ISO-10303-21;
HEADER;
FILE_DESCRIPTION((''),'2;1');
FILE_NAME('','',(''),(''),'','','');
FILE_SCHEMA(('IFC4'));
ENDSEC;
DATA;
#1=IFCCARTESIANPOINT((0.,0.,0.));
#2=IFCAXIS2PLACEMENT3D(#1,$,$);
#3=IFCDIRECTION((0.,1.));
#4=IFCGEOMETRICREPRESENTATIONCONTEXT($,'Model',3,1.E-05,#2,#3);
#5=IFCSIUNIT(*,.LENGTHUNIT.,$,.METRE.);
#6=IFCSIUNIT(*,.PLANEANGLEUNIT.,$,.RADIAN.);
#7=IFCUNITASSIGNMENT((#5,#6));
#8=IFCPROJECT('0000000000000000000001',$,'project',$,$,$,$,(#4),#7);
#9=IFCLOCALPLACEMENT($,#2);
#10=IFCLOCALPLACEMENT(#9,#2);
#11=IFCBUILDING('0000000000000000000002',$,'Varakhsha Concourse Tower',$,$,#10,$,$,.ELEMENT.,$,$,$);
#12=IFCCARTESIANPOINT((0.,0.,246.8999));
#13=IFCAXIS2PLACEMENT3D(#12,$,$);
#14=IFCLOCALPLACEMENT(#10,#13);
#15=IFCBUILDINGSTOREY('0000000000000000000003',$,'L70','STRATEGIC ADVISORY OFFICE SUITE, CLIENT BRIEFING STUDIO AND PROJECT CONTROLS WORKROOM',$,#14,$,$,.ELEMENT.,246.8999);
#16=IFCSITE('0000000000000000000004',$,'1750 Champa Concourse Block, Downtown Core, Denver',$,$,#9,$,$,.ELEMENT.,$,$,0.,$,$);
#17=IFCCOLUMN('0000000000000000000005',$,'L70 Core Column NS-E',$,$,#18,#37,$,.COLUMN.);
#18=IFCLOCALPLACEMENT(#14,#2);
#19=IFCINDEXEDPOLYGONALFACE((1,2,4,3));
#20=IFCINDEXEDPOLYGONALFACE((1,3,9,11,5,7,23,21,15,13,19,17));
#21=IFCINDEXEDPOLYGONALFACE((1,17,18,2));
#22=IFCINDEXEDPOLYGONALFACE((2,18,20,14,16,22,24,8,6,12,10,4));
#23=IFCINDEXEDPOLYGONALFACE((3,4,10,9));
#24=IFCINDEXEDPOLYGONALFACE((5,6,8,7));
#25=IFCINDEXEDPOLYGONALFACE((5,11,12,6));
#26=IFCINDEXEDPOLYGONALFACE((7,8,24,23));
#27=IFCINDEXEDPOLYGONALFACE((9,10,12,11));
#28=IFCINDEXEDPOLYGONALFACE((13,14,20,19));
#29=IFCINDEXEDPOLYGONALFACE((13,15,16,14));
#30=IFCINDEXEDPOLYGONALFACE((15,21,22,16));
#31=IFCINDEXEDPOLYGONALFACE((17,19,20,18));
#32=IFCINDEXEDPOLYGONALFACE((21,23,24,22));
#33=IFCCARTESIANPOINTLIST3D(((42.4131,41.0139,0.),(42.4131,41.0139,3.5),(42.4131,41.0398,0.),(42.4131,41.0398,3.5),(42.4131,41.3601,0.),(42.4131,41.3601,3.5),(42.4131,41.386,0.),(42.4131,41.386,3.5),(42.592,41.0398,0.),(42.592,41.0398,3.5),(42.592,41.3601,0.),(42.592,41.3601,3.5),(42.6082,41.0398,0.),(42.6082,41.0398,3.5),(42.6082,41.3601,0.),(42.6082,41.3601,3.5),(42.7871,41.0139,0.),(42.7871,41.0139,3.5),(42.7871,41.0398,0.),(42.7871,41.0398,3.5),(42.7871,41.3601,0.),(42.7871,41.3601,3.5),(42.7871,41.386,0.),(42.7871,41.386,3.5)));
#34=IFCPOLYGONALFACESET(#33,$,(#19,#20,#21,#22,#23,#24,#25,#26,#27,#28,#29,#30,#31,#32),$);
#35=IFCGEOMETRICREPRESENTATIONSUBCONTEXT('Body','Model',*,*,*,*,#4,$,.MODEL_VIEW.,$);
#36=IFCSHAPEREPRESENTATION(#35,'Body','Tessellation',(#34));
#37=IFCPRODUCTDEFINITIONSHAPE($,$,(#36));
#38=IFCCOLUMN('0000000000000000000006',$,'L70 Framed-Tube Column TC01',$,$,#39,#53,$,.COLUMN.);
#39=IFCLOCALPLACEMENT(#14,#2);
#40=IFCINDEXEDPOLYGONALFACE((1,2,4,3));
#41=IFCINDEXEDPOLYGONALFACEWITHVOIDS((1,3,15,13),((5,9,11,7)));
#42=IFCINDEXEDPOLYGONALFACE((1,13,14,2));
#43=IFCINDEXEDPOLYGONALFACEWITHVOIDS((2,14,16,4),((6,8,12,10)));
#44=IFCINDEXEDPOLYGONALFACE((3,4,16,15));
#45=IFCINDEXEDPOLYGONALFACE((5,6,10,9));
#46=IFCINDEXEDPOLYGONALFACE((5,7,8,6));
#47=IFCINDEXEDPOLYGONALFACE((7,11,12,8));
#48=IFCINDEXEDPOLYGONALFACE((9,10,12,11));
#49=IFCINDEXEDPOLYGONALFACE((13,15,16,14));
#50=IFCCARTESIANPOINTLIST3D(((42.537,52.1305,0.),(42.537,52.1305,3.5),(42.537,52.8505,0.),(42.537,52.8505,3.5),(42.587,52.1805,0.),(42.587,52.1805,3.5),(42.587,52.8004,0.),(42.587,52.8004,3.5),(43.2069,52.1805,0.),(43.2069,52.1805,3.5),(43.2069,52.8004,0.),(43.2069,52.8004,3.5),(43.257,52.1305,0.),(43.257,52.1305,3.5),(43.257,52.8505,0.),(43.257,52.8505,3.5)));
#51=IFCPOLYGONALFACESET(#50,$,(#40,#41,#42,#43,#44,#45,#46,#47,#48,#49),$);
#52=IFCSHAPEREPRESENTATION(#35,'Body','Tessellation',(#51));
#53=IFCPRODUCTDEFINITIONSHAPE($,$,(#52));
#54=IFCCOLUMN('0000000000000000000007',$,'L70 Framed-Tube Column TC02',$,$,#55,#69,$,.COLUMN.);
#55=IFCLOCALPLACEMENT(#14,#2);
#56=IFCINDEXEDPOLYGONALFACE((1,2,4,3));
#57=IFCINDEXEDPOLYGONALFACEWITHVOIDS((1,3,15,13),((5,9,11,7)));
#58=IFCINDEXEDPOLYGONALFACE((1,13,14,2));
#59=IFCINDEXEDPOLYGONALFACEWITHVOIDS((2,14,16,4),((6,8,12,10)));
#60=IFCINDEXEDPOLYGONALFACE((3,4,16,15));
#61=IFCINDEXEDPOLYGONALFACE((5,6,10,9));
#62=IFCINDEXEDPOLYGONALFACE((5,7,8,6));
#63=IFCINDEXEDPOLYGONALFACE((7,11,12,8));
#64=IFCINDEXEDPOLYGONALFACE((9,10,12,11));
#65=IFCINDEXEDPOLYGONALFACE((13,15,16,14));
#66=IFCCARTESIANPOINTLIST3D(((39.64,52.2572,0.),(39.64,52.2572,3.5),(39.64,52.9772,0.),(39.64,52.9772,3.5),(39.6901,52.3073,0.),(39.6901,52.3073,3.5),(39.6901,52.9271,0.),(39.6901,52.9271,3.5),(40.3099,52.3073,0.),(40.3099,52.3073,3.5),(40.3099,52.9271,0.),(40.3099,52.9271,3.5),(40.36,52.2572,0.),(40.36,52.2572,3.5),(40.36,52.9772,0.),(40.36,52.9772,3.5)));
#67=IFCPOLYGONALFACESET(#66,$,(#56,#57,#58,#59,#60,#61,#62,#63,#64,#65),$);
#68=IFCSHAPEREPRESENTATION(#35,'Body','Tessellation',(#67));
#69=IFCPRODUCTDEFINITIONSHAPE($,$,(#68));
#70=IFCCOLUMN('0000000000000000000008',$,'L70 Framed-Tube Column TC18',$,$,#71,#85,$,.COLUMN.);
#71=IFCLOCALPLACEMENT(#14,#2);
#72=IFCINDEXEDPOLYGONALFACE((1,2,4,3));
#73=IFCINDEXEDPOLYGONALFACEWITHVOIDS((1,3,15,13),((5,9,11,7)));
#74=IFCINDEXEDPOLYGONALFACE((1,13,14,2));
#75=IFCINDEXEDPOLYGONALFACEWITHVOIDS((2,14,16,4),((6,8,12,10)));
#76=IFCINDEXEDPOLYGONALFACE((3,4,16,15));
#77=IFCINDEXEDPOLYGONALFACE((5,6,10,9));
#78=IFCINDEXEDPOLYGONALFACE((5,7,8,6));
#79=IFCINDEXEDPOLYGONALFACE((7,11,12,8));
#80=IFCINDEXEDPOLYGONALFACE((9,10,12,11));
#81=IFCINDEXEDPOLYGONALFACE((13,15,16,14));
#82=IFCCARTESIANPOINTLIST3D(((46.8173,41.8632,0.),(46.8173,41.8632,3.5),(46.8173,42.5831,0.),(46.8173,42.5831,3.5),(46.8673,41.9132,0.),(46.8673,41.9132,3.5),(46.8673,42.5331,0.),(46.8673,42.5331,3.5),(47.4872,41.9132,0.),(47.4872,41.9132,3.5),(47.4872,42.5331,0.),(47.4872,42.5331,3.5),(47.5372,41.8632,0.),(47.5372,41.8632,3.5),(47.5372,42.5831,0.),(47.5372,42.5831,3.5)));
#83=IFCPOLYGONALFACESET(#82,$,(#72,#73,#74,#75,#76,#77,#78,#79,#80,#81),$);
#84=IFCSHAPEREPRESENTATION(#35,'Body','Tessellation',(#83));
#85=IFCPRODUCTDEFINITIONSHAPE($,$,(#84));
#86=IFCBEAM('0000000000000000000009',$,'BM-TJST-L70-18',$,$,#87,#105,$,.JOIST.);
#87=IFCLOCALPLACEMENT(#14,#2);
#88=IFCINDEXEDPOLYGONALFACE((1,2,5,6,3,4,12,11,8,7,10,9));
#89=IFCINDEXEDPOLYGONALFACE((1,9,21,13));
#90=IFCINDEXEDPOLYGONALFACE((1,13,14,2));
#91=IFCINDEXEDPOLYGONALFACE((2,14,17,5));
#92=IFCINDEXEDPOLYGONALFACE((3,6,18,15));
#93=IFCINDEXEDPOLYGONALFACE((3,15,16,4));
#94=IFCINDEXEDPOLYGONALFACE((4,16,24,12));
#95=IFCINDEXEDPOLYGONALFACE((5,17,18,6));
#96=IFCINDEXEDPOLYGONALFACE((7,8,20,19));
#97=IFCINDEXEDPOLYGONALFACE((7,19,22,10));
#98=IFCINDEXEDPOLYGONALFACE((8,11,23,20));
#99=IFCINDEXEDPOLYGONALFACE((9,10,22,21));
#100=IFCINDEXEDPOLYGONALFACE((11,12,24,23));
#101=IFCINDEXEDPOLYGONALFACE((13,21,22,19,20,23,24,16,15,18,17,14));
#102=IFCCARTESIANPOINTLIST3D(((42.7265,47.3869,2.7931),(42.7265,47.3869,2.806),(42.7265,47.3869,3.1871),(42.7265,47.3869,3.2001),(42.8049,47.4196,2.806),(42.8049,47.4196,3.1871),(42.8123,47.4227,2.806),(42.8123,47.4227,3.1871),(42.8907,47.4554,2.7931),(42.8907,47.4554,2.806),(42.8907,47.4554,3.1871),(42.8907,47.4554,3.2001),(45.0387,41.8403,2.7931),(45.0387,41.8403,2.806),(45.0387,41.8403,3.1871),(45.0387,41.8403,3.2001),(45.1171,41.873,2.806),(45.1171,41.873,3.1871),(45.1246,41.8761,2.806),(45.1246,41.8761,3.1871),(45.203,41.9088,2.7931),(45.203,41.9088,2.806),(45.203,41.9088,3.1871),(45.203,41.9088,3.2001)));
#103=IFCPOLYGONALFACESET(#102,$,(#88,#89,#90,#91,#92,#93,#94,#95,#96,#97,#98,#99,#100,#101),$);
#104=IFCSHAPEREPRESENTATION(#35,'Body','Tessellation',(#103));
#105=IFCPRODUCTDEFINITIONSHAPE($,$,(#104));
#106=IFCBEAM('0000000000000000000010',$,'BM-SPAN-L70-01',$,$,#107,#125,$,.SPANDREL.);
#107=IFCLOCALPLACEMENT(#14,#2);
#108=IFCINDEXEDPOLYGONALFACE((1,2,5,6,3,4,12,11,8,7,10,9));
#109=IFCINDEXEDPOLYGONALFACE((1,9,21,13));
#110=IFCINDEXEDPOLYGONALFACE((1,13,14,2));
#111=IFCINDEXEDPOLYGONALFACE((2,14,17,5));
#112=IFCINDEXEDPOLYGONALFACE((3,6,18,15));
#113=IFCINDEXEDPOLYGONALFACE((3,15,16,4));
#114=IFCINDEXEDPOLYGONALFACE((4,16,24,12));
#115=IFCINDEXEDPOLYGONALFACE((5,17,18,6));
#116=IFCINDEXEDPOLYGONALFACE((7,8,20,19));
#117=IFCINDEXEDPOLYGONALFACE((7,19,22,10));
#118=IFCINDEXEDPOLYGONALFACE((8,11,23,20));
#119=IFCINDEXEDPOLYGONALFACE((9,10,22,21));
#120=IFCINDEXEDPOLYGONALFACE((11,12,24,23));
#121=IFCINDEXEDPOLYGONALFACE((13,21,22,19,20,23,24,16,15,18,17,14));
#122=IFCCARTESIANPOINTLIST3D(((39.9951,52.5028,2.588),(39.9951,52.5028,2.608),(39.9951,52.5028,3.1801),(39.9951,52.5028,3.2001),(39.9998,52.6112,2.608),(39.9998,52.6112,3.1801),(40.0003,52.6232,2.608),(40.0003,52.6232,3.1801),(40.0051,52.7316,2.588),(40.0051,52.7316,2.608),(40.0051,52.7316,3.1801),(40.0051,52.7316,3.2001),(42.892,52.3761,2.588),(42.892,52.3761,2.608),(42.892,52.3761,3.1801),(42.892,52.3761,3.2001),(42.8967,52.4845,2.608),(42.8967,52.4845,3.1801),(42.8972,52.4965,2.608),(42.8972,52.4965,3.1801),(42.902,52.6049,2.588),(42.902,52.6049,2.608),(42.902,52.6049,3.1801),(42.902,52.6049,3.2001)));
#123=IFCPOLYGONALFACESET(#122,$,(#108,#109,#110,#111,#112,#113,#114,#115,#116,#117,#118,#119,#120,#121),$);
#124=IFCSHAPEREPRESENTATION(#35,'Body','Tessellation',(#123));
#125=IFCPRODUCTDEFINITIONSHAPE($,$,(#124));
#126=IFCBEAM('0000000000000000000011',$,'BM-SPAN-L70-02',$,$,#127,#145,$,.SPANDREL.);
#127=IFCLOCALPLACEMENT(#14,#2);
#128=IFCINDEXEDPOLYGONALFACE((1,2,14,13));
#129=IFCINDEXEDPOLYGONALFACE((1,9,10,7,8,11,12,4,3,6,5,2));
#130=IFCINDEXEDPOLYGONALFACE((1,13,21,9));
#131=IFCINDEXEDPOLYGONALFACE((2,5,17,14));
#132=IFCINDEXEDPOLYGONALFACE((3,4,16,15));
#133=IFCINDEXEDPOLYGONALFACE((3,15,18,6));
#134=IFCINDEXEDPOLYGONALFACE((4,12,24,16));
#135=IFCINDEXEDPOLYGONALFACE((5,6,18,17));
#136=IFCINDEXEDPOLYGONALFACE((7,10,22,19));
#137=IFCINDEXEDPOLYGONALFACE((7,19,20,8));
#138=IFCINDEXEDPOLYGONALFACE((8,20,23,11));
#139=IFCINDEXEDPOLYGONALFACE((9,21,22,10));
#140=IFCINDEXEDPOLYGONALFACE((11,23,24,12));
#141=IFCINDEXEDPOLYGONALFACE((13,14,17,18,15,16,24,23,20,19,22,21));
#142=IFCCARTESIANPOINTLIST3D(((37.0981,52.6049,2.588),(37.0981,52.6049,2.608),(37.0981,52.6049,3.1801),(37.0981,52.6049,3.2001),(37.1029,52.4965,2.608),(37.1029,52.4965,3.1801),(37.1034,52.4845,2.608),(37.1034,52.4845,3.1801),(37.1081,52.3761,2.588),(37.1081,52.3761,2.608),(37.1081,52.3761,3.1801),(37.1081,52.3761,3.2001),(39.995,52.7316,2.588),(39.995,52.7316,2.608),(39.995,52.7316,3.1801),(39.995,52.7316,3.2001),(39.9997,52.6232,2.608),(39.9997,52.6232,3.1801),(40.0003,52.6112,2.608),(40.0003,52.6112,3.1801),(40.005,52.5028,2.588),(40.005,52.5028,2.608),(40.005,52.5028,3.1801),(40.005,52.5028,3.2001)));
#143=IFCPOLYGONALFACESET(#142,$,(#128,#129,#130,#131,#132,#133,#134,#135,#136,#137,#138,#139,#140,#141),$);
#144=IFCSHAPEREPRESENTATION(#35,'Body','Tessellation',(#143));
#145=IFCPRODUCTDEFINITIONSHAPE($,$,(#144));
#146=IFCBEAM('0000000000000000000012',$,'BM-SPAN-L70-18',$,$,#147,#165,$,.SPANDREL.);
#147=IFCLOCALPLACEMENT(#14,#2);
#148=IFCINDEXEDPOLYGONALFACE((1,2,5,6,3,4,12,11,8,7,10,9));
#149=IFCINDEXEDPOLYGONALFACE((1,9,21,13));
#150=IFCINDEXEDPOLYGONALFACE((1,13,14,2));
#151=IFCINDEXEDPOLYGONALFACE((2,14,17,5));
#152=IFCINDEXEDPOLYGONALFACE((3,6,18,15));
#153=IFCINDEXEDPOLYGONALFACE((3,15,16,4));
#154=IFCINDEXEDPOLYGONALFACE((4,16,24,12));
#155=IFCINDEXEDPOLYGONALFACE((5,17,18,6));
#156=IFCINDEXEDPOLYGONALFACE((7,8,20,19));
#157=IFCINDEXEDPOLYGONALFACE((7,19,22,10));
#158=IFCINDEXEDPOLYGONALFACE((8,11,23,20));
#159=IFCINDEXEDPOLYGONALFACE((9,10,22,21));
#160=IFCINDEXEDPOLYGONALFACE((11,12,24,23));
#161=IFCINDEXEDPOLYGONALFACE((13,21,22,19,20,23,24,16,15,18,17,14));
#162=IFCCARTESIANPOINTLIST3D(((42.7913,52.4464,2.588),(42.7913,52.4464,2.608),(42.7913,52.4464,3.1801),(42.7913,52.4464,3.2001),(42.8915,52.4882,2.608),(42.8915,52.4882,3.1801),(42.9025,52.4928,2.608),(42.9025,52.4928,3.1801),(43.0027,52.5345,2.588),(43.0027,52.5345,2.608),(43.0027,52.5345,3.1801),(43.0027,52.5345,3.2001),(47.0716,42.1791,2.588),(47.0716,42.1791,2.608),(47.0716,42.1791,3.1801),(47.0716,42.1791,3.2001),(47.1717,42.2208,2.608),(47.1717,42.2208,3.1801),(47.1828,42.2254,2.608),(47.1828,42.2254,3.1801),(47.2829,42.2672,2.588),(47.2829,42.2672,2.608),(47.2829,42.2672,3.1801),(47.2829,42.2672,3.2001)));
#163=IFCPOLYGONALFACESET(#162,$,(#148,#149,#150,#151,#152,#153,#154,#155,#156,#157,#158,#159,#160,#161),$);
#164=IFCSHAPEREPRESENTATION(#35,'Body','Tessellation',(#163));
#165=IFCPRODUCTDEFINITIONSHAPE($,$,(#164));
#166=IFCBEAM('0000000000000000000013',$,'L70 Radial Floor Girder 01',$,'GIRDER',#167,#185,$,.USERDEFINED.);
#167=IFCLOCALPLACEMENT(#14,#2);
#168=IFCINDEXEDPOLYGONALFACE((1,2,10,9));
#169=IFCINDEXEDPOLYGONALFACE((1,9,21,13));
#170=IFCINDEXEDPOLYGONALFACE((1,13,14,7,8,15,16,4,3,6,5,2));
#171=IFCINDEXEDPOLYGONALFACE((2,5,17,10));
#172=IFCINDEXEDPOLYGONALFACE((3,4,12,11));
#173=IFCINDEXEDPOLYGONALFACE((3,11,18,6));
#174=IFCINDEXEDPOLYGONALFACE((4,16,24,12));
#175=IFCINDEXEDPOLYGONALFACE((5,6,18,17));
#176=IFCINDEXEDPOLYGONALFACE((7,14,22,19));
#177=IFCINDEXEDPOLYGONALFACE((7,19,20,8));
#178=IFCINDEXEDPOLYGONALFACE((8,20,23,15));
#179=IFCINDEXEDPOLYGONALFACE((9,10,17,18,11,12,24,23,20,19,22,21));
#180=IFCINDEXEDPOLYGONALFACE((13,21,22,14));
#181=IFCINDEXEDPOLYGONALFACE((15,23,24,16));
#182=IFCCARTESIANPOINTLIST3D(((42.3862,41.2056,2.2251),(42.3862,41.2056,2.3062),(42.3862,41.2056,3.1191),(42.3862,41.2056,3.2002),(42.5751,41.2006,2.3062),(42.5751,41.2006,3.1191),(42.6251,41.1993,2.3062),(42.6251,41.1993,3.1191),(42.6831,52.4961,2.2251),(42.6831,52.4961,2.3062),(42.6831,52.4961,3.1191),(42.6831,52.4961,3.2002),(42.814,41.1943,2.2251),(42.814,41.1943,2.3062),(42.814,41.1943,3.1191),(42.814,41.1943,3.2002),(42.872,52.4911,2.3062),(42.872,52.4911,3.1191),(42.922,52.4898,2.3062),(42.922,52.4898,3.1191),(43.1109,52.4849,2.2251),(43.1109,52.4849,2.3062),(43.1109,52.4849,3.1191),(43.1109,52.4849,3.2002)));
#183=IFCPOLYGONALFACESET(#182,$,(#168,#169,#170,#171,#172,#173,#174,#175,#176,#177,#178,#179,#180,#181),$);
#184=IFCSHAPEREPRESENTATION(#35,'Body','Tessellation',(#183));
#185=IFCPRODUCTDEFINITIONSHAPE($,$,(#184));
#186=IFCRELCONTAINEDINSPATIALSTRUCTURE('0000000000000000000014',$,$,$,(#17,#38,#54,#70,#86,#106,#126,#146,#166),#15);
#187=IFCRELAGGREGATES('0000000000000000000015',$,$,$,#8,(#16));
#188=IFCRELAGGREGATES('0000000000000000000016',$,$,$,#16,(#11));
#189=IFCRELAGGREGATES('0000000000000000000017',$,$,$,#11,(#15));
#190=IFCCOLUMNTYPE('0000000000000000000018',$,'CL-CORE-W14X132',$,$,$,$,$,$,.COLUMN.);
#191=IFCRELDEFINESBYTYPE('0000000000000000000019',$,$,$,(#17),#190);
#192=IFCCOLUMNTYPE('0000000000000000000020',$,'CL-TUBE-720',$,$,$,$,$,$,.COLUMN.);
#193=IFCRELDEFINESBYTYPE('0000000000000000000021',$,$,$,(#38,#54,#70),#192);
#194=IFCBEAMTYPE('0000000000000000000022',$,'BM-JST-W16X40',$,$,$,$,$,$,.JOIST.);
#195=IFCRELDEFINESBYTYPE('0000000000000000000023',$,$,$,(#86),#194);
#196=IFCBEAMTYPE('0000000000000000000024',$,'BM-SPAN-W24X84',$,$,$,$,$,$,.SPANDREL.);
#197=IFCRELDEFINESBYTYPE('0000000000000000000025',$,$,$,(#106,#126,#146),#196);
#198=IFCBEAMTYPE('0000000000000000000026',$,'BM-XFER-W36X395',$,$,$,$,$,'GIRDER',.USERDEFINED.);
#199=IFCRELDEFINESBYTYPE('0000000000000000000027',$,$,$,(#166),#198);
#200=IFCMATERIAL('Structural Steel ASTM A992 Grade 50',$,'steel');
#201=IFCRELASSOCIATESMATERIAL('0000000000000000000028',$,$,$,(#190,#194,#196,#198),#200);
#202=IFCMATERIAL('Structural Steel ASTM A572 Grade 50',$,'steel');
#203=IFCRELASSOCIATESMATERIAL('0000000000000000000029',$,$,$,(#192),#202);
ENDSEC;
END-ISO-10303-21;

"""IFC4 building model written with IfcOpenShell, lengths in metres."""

from ifc_helpers import new_model, si_unit, direction, frame, origin, origin_2d, place, context, subcontext, project, spatial, hollow_rectangle, i_section, extrude, material, material_profile, profile_set, type_object, element, save


model = new_model("IFC4")

# Units and contexts
model_context = context("Model", 3, precision=1e-05, world=origin(), true_north=direction((0.0, 1.0)))
body_context = subcontext(model_context, "Body", "Model", "MODEL_VIEW")
ifc_project = project(units=[si_unit("LENGTHUNIT", "METRE"), si_unit("PLANEANGLEUNIT", "RADIAN")], contexts=[model_context])

# Site, building, storey
site_placement = place(None, origin())
site = spatial("IfcSite", under=ifc_project, at=site_placement, Name="1750 Champa Concourse Block, Downtown Core, Denver", CompositionType="ELEMENT", RefElevation=0.0)
building_placement = place(site_placement, origin())
building = spatial("IfcBuilding", under=site, at=building_placement, Name="Varakhsha Concourse Tower", CompositionType="ELEMENT")
storey_placement = place(building_placement, frame((0.0, 0.0, 246.8999)))
storey = spatial("IfcBuildingStorey", under=building, at=storey_placement, Name="L70", Description="STRATEGIC ADVISORY OFFICE SUITE, CLIENT BRIEFING STUDIO AND PROJECT CONTROLS WORKROOM", CompositionType="ELEMENT", Elevation=246.8999)

# Columns
ifc_material_1 = material(Name="Structural Steel ASTM A992 Grade 50", Category="steel")
ifc_material_profile_1 = material_profile(ifc_material_1, i_section(OverallWidth=0.374, OverallDepth=0.3721, WebThickness=0.0161, FlangeThickness=0.0259, at=origin_2d()), Name="W14X132")
ifc_profile_set_1 = profile_set([ifc_material_profile_1], Name="Structural Steel ASTM A992 Grade 50")
column_type_1 = type_object("IfcColumnType", Name="CL-CORE-W14X132", PredefinedType="COLUMN", material=ifc_profile_set_1)
column_placement = place(storey_placement, frame((42.6001, 41.2, 0.0), z_axis=(0.0, 0.0, 1.0), x_axis=(1.0, 0.0, 0.0)))
element("IfcColumn", 1, at=column_placement, inside=storey, type_object=column_type_1, Name="L70 Core Column NS-E", PredefinedType="COLUMN", context=body_context, shape_type="SweptSolid", body=[
    extrude(i_section(OverallWidth=0.374, OverallDepth=0.3721, WebThickness=0.0161, FlangeThickness=0.0259, at=origin_2d()), origin(), (0.0, 0.0, 1.0), 3.5),
])
ifc_material_2 = material(Name="Structural Steel ASTM A572 Grade 50", Category="steel")
ifc_material_profile_2 = material_profile(ifc_material_2, hollow_rectangle(XDim=0.72, YDim=0.72, WallThickness=0.05, at=origin_2d()), Name="BOX 720x720x50")
ifc_profile_set_2 = profile_set([ifc_material_profile_2], Name="Structural Steel ASTM A572 Grade 50")
column_type_2 = type_object("IfcColumnType", Name="CL-TUBE-720", PredefinedType="COLUMN", material=ifc_profile_set_2)
for number, where, z_axis, x_axis, name in (
    (2, (42.897, 52.4905, 0.0), (0.0, 0.0, 1.0), (1.0, 0.0, 0.0), "L70 Framed-Tube Column TC01"),
    (3, (40.0, 52.6172, 0.0), (0.0, 0.0, 1.0), (1.0, 0.0, 0.0), "L70 Framed-Tube Column TC02"),
    (4, (47.1772, 42.2231, 0.0), (0.0, 0.0, 1.0), (1.0, 0.0, 0.0), "L70 Framed-Tube Column TC18"),
):
    element("IfcColumn", number, at=place(storey_placement, frame(where, z_axis=z_axis, x_axis=x_axis)), inside=storey, type_object=column_type_2, Name=name, PredefinedType="COLUMN", context=body_context, shape_type="SweptSolid", body=[
        extrude(hollow_rectangle(XDim=0.72, YDim=0.72, WallThickness=0.05, at=origin_2d()), origin(), (0.0, 0.0, 1.0), 3.5),
    ])

# Beams
ifc_material_profile_3 = material_profile(ifc_material_1, i_section(OverallWidth=0.178, OverallDepth=0.407, WebThickness=0.0081, FlangeThickness=0.0129, at=origin_2d()), Name="W16X40")
ifc_profile_set_3 = profile_set([ifc_material_profile_3], Name="Structural Steel ASTM A992 Grade 50")
beam_type_1 = type_object("IfcBeamType", Name="BM-JST-W16X40", PredefinedType="JOIST", material=ifc_profile_set_3)
beam_1_placement = place(storey_placement, frame((45.1208, 41.8745, 2.9966), z_axis=(-0.38478, 0.923008, 0.0), x_axis=(-0.923008, -0.38478, 0.0)))
element("IfcBeam", 5, at=beam_1_placement, inside=storey, type_object=beam_type_1, Name="BM-TJST-L70-18", PredefinedType="JOIST", context=body_context, shape_type="SweptSolid", body=[
    extrude(i_section(OverallWidth=0.178, OverallDepth=0.407, WebThickness=0.0081, FlangeThickness=0.0129, at=origin_2d()), origin(), (0.0, 0.0, 1.0), 6.0093),
])
ifc_material_profile_4 = material_profile(ifc_material_1, i_section(OverallWidth=0.229, OverallDepth=0.6121, WebThickness=0.012, FlangeThickness=0.02, at=origin_2d()), Name="W24X84")
ifc_profile_set_4 = profile_set([ifc_material_profile_4], Name="Structural Steel ASTM A992 Grade 50")
beam_type_2 = type_object("IfcBeamType", Name="BM-SPAN-W24X84", PredefinedType="SPANDREL", material=ifc_profile_set_4)
for number, where, z_axis, x_axis, name in (
    (6, (42.897, 52.4905, 2.894), (-0.999045, 0.043697, 0.0), (-0.043697, -0.999045, 0.0), "BM-SPAN-L70-01"),
    (7, (40.0, 52.6172, 2.894), (-0.999045, -0.043697, 0.0), (0.043697, -0.999045, 0.0), "BM-SPAN-L70-02"),
):
    element("IfcBeam", number, at=place(storey_placement, frame(where, z_axis=z_axis, x_axis=x_axis)), inside=storey, type_object=beam_type_2, Name=name, PredefinedType="SPANDREL", context=body_context, shape_type="SweptSolid", body=[
        extrude(i_section(OverallWidth=0.229, OverallDepth=0.6121, WebThickness=0.012, FlangeThickness=0.02, at=origin_2d()), origin(), (0.0, 0.0, 1.0), 2.8997),
    ])
beam_2_placement = place(storey_placement, frame((47.1772, 42.2231, 2.894), z_axis=(-0.384785, 0.923006, 0.0), x_axis=(-0.923006, -0.384785, 0.0)))
element("IfcBeam", 8, at=beam_2_placement, inside=storey, type_object=beam_type_2, Name="BM-SPAN-L70-18", PredefinedType="SPANDREL", context=body_context, shape_type="SweptSolid", body=[
    extrude(i_section(OverallWidth=0.229, OverallDepth=0.6121, WebThickness=0.012, FlangeThickness=0.02, at=origin_2d()), origin(), (0.0, 0.0, 1.0), 11.1238),
])
ifc_material_profile_5 = material_profile(ifc_material_1, i_section(OverallWidth=0.428, OverallDepth=0.9751, WebThickness=0.05, FlangeThickness=0.0811, at=origin_2d()), Name="W36X395")
ifc_profile_set_5 = profile_set([ifc_material_profile_5], Name="Structural Steel ASTM A992 Grade 50")
beam_type_3 = type_object("IfcBeamType", Name="BM-XFER-W36X395", ElementType="GIRDER", PredefinedType="USERDEFINED", material=ifc_profile_set_5)
beam_3_placement = place(storey_placement, frame((42.6001, 41.2, 2.7126), z_axis=(0.026285, 0.999654, 0.0), x_axis=(-0.999654, 0.026285, 0.0)))
element("IfcBeam", 9, at=beam_3_placement, inside=storey, type_object=beam_type_3, Name="L70 Radial Floor Girder 01", ObjectType="GIRDER", PredefinedType="USERDEFINED", context=body_context, shape_type="SweptSolid", body=[
    extrude(i_section(OverallWidth=0.428, OverallDepth=0.9751, WebThickness=0.05, FlangeThickness=0.0811, at=origin_2d()), origin(), (0.0, 0.0, 1.0), 11.2944),
])

save(model, "model.ifc")
